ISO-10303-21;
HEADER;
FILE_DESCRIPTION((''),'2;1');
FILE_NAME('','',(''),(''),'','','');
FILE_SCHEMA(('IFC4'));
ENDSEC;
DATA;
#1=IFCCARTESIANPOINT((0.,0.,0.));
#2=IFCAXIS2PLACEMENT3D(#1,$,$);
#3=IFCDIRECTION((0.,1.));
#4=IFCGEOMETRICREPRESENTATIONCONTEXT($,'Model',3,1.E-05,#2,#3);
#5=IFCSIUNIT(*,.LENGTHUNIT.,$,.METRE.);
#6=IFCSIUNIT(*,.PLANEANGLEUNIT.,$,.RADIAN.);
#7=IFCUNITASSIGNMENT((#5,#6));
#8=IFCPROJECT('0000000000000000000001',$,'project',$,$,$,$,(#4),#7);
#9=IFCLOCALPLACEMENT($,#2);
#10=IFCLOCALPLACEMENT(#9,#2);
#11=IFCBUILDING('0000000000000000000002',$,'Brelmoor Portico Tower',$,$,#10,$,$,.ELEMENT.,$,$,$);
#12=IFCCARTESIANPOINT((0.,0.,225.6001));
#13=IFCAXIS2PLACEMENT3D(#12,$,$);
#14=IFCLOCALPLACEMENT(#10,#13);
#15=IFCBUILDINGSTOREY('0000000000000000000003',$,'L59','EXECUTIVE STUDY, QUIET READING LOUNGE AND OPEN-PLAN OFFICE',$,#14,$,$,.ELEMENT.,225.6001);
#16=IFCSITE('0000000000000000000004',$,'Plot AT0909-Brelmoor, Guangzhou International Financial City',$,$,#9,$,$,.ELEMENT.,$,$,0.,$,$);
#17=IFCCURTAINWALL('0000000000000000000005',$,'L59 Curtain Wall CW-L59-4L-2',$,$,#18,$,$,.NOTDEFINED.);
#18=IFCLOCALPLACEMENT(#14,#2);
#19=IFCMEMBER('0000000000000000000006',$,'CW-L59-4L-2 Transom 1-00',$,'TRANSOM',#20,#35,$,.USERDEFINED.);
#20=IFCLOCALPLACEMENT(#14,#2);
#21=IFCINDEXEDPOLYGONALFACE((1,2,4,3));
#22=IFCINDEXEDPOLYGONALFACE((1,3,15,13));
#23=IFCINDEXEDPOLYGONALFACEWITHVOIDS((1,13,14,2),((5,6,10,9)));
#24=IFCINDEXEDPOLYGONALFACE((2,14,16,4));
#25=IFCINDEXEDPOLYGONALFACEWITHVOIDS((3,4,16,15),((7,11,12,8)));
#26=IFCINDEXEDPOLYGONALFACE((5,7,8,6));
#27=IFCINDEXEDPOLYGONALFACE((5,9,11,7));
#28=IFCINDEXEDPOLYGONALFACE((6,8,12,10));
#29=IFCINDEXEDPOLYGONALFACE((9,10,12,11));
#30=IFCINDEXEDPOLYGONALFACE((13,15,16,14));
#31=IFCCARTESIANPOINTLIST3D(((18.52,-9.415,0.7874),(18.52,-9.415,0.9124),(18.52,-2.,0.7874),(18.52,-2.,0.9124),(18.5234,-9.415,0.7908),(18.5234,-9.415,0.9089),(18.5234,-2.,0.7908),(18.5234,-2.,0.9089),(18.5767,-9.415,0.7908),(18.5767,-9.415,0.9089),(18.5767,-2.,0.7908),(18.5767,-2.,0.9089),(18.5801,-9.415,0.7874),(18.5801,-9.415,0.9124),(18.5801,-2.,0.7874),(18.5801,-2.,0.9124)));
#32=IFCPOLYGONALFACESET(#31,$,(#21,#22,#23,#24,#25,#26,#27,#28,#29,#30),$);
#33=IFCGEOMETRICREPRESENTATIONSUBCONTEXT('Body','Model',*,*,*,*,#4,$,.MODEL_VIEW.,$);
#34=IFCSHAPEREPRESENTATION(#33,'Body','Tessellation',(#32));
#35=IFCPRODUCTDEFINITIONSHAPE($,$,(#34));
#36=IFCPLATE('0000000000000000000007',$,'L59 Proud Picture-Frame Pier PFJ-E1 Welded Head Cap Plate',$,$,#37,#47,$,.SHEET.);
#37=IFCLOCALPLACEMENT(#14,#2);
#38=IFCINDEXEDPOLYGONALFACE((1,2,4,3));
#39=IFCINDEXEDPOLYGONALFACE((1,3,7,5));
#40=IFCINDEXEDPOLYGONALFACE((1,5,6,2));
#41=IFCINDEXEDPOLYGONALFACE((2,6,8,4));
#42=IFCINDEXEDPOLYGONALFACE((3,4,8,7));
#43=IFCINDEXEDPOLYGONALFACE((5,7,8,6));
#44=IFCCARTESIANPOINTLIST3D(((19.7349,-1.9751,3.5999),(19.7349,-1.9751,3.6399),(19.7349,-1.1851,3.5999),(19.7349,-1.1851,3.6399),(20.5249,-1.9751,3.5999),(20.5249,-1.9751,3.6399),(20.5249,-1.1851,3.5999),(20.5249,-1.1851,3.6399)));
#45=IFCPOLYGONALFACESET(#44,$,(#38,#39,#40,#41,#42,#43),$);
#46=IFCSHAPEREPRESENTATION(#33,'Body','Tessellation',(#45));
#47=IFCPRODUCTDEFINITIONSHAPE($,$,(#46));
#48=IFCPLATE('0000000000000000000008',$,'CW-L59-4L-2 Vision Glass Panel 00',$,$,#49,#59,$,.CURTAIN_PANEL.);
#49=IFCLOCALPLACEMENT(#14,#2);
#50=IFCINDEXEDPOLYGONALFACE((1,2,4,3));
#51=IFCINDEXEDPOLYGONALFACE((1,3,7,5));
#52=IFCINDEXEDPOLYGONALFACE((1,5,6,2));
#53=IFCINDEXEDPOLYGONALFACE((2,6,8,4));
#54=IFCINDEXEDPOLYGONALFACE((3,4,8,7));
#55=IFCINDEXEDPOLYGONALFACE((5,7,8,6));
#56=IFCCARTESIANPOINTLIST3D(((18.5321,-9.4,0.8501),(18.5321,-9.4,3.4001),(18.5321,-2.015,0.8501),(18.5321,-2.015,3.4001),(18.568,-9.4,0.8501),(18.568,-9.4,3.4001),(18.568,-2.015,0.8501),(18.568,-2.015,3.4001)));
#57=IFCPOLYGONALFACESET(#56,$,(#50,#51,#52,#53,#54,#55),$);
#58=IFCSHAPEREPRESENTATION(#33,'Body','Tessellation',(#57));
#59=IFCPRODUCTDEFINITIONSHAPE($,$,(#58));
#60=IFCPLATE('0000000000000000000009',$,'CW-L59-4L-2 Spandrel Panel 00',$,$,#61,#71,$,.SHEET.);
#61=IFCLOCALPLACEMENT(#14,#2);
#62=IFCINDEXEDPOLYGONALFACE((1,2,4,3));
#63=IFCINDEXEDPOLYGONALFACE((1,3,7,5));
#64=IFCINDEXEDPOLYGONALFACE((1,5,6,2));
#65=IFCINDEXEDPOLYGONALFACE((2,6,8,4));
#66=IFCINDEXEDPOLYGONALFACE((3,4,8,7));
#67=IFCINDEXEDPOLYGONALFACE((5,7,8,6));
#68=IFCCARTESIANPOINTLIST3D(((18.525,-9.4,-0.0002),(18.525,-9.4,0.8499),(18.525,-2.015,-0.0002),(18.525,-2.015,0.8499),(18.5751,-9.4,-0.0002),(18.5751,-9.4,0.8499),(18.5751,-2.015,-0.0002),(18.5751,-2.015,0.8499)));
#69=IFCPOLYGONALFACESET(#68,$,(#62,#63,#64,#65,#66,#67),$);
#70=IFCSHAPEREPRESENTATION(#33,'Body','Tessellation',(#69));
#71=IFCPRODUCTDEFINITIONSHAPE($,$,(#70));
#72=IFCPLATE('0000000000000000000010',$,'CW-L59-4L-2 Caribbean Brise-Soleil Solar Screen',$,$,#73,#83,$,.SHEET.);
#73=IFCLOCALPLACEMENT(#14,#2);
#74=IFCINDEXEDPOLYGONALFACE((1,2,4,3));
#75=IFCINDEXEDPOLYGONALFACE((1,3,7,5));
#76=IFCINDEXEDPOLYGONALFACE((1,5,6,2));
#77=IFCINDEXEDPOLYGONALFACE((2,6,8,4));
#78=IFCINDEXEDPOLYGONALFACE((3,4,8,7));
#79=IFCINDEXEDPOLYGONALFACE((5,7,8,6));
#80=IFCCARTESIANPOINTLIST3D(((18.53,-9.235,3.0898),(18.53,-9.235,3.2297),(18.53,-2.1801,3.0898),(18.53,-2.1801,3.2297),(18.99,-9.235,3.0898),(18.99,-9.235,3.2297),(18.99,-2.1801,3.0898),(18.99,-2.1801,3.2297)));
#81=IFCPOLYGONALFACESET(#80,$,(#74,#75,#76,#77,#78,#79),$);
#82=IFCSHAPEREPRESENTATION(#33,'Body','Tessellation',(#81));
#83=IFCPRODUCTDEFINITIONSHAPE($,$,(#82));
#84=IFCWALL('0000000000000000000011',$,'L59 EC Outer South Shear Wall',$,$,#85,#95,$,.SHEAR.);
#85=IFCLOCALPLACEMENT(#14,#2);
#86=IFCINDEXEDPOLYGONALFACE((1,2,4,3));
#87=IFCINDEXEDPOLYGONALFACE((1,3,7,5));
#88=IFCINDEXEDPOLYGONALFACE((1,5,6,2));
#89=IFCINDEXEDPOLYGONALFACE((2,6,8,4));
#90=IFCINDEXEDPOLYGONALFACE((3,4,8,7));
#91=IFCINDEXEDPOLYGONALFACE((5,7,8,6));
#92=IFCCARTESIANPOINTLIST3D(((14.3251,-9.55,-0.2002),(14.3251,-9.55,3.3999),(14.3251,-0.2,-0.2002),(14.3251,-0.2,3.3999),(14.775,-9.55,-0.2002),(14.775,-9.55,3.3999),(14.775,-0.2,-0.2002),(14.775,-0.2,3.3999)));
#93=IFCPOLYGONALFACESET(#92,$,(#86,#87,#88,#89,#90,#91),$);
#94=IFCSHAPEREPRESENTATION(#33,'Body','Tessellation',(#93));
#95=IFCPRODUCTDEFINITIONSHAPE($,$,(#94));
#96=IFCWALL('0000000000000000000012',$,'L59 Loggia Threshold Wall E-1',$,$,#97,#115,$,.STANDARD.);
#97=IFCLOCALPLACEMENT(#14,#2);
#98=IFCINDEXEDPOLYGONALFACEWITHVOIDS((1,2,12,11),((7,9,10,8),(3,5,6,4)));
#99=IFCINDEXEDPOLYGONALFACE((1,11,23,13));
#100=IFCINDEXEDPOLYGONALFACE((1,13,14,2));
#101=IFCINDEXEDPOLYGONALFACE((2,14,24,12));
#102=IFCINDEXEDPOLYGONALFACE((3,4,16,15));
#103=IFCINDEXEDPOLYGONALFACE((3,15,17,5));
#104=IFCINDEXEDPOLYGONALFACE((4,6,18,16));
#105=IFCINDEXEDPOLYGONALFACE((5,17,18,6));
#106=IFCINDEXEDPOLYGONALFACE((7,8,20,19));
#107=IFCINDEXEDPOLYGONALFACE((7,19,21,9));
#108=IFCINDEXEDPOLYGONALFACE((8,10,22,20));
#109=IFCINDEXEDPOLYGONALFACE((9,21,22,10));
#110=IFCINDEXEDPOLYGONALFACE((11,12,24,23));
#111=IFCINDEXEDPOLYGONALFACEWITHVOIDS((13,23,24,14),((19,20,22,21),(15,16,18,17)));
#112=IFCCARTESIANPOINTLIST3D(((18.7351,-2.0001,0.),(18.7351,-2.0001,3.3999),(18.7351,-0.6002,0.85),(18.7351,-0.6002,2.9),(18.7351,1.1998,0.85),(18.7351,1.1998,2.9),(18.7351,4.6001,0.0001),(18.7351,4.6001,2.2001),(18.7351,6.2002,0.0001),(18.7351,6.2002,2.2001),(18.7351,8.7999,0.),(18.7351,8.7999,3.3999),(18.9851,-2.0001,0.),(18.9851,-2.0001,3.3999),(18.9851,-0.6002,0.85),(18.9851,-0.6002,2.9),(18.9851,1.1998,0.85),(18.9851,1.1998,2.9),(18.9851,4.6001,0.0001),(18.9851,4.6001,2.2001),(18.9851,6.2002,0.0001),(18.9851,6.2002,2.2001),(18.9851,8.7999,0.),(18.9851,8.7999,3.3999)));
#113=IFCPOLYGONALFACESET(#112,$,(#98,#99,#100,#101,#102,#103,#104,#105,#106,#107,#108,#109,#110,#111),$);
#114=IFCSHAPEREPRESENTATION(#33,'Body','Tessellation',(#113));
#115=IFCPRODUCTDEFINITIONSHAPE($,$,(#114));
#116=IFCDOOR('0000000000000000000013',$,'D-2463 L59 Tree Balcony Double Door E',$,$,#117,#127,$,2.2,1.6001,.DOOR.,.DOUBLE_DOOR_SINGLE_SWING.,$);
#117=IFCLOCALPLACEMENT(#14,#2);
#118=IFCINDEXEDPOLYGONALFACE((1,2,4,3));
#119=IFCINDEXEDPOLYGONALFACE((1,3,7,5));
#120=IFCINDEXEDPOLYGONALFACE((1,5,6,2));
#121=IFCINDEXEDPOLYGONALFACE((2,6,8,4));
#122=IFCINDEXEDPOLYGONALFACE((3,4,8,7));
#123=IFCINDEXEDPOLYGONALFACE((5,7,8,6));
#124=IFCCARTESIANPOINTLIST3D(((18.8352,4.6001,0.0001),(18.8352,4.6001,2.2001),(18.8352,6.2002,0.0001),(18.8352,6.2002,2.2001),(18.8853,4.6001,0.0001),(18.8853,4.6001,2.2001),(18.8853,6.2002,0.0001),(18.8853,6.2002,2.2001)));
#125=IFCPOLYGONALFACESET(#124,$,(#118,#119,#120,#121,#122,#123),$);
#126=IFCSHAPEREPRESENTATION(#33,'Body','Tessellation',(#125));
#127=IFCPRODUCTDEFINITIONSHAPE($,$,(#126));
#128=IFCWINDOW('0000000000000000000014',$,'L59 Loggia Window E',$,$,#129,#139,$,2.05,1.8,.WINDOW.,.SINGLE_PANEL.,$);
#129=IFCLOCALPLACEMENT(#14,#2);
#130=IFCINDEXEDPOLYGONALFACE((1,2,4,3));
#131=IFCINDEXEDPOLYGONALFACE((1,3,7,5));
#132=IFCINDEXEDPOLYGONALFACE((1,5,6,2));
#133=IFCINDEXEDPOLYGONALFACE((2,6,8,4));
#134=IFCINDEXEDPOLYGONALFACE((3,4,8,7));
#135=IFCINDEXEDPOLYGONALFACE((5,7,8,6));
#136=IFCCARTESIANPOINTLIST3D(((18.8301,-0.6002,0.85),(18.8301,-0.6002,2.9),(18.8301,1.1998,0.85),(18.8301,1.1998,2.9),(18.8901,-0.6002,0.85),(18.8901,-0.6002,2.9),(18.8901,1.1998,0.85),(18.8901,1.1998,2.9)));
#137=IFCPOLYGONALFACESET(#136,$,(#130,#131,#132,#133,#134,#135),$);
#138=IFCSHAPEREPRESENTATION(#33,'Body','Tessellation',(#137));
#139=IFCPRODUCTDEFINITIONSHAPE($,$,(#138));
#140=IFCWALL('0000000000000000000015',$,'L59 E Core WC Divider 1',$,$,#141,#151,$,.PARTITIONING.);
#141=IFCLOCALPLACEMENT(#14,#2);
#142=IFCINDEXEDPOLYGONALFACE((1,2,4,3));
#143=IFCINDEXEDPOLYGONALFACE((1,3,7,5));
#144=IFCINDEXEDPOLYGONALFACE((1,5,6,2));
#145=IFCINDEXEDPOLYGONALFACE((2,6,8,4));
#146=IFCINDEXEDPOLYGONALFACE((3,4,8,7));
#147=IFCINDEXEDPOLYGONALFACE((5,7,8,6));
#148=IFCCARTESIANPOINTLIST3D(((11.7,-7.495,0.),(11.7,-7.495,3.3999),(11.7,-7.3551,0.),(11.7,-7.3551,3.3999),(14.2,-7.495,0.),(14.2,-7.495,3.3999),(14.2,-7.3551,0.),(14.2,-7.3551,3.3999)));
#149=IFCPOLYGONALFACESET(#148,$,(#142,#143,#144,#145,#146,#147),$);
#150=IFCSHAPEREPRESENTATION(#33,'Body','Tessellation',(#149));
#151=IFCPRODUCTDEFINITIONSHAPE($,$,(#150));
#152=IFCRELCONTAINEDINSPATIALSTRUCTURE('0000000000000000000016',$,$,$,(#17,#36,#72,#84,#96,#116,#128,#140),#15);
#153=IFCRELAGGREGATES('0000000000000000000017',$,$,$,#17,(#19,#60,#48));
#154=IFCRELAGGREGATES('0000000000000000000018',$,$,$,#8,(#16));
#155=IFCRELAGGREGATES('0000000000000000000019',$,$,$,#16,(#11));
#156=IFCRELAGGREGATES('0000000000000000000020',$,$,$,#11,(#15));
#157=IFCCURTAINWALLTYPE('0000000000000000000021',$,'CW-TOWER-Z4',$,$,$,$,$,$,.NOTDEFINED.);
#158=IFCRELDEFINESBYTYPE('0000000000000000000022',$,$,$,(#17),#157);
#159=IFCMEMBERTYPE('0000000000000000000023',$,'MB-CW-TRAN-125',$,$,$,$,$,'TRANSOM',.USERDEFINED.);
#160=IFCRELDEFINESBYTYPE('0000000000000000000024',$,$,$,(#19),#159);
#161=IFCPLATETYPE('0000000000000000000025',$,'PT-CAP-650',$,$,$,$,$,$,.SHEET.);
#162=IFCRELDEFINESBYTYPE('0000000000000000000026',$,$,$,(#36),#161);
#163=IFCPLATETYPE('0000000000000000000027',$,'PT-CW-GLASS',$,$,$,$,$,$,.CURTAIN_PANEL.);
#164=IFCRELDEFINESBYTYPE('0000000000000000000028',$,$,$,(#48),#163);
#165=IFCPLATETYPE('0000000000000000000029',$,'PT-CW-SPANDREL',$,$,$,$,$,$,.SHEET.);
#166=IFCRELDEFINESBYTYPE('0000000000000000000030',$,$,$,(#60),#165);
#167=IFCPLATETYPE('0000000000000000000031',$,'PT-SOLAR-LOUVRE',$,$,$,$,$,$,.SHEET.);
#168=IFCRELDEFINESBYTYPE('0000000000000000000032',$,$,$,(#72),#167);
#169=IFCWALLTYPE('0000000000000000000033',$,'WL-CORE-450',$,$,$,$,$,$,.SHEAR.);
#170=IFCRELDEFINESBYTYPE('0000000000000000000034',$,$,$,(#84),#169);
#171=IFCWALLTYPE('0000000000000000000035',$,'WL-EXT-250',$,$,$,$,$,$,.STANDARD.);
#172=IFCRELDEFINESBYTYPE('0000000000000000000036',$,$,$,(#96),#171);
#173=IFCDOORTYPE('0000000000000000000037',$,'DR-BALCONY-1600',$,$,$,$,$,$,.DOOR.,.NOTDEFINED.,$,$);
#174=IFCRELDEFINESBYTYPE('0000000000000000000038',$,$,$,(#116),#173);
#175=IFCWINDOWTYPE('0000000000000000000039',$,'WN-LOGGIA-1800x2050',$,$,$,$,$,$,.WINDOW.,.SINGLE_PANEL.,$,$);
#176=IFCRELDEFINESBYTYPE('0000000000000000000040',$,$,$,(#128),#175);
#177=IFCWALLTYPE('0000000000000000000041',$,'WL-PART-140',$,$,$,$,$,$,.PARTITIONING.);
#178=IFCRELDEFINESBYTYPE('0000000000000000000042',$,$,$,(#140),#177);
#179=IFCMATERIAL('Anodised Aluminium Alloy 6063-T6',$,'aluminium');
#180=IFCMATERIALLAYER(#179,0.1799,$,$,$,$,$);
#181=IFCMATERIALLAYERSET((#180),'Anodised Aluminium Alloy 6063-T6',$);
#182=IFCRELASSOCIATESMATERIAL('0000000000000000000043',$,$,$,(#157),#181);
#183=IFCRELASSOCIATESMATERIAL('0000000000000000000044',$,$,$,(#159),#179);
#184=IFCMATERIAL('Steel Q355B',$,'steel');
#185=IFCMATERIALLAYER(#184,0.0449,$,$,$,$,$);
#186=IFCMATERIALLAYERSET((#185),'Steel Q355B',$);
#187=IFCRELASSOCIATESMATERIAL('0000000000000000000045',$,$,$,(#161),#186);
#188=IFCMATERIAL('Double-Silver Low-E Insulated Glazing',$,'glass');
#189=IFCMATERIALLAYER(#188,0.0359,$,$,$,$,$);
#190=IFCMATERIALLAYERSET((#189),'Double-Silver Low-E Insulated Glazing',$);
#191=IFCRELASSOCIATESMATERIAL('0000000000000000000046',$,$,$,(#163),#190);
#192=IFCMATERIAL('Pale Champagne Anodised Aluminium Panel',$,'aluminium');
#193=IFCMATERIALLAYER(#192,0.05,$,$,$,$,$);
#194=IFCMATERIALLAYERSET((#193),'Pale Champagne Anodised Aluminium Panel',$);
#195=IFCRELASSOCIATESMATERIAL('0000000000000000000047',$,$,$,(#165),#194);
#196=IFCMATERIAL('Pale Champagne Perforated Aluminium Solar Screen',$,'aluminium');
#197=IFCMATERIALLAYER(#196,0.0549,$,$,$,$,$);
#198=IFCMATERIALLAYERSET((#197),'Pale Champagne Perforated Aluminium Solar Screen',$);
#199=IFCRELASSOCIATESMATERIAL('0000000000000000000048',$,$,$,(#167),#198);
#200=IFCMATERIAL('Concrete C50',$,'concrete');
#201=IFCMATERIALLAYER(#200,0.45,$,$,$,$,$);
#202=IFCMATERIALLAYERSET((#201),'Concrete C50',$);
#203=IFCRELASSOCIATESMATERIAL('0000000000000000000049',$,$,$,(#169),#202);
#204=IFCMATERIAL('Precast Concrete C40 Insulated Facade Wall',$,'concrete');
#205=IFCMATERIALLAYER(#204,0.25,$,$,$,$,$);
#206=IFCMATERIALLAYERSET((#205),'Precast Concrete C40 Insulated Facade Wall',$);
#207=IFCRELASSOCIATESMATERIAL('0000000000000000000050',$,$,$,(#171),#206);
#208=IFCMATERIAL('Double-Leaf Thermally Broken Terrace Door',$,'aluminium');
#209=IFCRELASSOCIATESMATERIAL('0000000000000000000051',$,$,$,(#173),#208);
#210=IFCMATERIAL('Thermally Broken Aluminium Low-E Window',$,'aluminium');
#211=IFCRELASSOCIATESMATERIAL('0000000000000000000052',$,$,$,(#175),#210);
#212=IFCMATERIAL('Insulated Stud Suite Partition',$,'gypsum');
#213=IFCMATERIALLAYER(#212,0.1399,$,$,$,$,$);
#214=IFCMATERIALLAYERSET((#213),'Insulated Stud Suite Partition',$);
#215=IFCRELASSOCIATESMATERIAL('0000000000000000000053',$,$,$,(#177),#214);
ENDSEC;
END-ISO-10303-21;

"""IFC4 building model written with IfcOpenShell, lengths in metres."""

from ifc_helpers import new_model, si_unit, direction, frame, frame_2d, origin, origin_2d, place, context, subcontext, project, spatial, rectangle, hollow_rectangle, extrude, material, layer, layer_set, material_profile, profile_set, type_object, element, fill, aggregate, save


model = new_model("IFC4")

# Units and contexts
model_context = context("Model", 3, precision=1e-05, world=origin(), true_north=direction((0.0, 1.0)))
body_context = subcontext(model_context, "Body", "Model", "MODEL_VIEW")
ifc_project = project(units=[si_unit("LENGTHUNIT", "METRE"), si_unit("PLANEANGLEUNIT", "RADIAN")], contexts=[model_context])

# Site, building, storey
site_placement = place(None, origin())
site = spatial("IfcSite", under=ifc_project, at=site_placement, Name="Plot AT0909-Brelmoor, Guangzhou International Financial City", CompositionType="ELEMENT", RefElevation=0.0)
building_placement = place(site_placement, origin())
building = spatial("IfcBuilding", under=site, at=building_placement, Name="Brelmoor Portico Tower", CompositionType="ELEMENT")
storey_placement = place(building_placement, frame((0.0, 0.0, 225.6001)))
storey = spatial("IfcBuildingStorey", under=building, at=storey_placement, Name="L59", Description="EXECUTIVE STUDY, QUIET READING LOUNGE AND OPEN-PLAN OFFICE", CompositionType="ELEMENT", Elevation=225.6001)

# Shared definitions
ifc_material_1 = material(Name="Steel Q355B", Category="steel")

# Curtain wall, member
ifc_material_2 = material(Name="Anodised Aluminium Alloy 6063-T6", Category="aluminium")
ifc_layer_1 = layer(ifc_material_2, 0.1799)
ifc_layer_set_1 = layer_set([ifc_layer_1], Name="Anodised Aluminium Alloy 6063-T6")
curtain_wall_type = type_object("IfcCurtainWallType", Name="CW-TOWER-Z4", PredefinedType="NOTDEFINED", material=ifc_layer_set_1)
curtain_wall_placement = place(storey_placement, origin())
curtain_wall = element("IfcCurtainWall", 1, at=curtain_wall_placement, inside=storey, type_object=curtain_wall_type, Name="L59 Curtain Wall CW-L59-4L-2", PredefinedType="NOTDEFINED")
ifc_material_profile_1 = material_profile(ifc_material_2, hollow_rectangle(XDim=0.0601, YDim=0.125, WallThickness=0.0034, at=origin_2d()), Name="ALU TRANSOM 60x125")
ifc_profile_set_1 = profile_set([ifc_material_profile_1], Name="Anodised Aluminium Alloy 6063-T6")
member_type_1 = type_object("IfcMemberType", Name="MB-CW-TRAN-125", ElementType="TRANSOM", PredefinedType="USERDEFINED", material=ifc_profile_set_1)
member_1_placement = place(storey_placement, frame((18.55, -9.415, 0.8499), z_axis=(0.0, 1.0, 0.0), x_axis=(-1.0, 0.0, 0.0)))
member_1 = element("IfcMember", 2, at=member_1_placement, type_object=member_type_1, Name="CW-L59-4L-2 Transom 1-00", ObjectType="TRANSOM", PredefinedType="USERDEFINED", context=body_context, shape_type="SweptSolid", body=[
    extrude(hollow_rectangle(XDim=0.0601, YDim=0.125, WallThickness=0.0034, at=origin_2d()), origin(), (0.0, 0.0, 1.0), 7.415),
])

# Plates
ifc_layer_2 = layer(ifc_material_1, 0.0449)
ifc_layer_set_2 = layer_set([ifc_layer_2], Name="Steel Q355B")
plate_type_1 = type_object("IfcPlateType", Name="PT-CAP-650", PredefinedType="SHEET", material=ifc_layer_set_2)
plate_1_placement = place(storey_placement, frame((20.1299, -1.5801, 3.5999), z_axis=(0.0, 0.0, 1.0), x_axis=(0.0, 1.0, 0.0)))
element("IfcPlate", 3, at=plate_1_placement, inside=storey, type_object=plate_type_1, Name="L59 Proud Picture-Frame Pier PFJ-E1 Welded Head Cap Plate", PredefinedType="SHEET", context=body_context, shape_type="SweptSolid", body=[
    extrude(rectangle(XDim=0.79, YDim=0.79, at=origin_2d()), origin(), (0.0, 0.0, 1.0), 0.04),
])
ifc_material_3 = material(Name="Double-Silver Low-E Insulated Glazing", Category="glass")
ifc_layer_3 = layer(ifc_material_3, 0.0359)
ifc_layer_set_3 = layer_set([ifc_layer_3], Name="Double-Silver Low-E Insulated Glazing")
plate_type_2 = type_object("IfcPlateType", Name="PT-CW-GLASS", PredefinedType="CURTAIN_PANEL", material=ifc_layer_set_3)
plate_2_placement = place(storey_placement, frame((18.55, -5.7075, 0.8501), z_axis=(0.0, 0.0, 1.0), x_axis=(0.0, 1.0, 0.0)))
plate_2 = element("IfcPlate", 4, at=plate_2_placement, type_object=plate_type_2, Name="CW-L59-4L-2 Vision Glass Panel 00", PredefinedType="CURTAIN_PANEL", context=body_context, shape_type="SweptSolid", body=[
    extrude(rectangle(XDim=7.385, YDim=0.0359, at=origin_2d()), origin(), (0.0, 0.0, 1.0), 2.55),
])
ifc_material_4 = material(Name="Pale Champagne Anodised Aluminium Panel", Category="aluminium")
ifc_layer_4 = layer(ifc_material_4, 0.05)
ifc_layer_set_4 = layer_set([ifc_layer_4], Name="Pale Champagne Anodised Aluminium Panel")
plate_type_3 = type_object("IfcPlateType", Name="PT-CW-SPANDREL", PredefinedType="SHEET", material=ifc_layer_set_4)
plate_3_placement = place(storey_placement, frame((18.55, -5.7075, -0.0002), z_axis=(0.0, 0.0, 1.0), x_axis=(0.0, 1.0, 0.0)))
plate_3 = element("IfcPlate", 5, at=plate_3_placement, type_object=plate_type_3, Name="CW-L59-4L-2 Spandrel Panel 00", PredefinedType="SHEET", context=body_context, shape_type="SweptSolid", body=[
    extrude(rectangle(XDim=7.385, YDim=0.05, at=origin_2d()), origin(), (0.0, 0.0, 1.0), 0.8501),
])
aggregate(curtain_wall, [member_1, plate_3, plate_2])
ifc_material_5 = material(Name="Pale Champagne Perforated Aluminium Solar Screen", Category="aluminium")
ifc_layer_5 = layer(ifc_material_5, 0.0549)
ifc_layer_set_5 = layer_set([ifc_layer_5], Name="Pale Champagne Perforated Aluminium Solar Screen")
plate_type_4 = type_object("IfcPlateType", Name="PT-SOLAR-LOUVRE", PredefinedType="SHEET", material=ifc_layer_set_5)
plate_4_placement = place(storey_placement, frame((18.76, -5.7075, 3.0898), z_axis=(0.0, 0.0, 1.0), x_axis=(0.0, 1.0, 0.0)))
element("IfcPlate", 6, at=plate_4_placement, inside=storey, type_object=plate_type_4, Name="CW-L59-4L-2 Caribbean Brise-Soleil Solar Screen", PredefinedType="SHEET", context=body_context, shape_type="SweptSolid", body=[
    extrude(rectangle(XDim=7.0549, YDim=0.46, at=origin_2d()), origin(), (0.0, 0.0, 1.0), 0.1399),
])

# Wall
ifc_material_6 = material(Name="Concrete C50", Category="concrete")
ifc_layer_6 = layer(ifc_material_6, 0.45)
ifc_layer_set_6 = layer_set([ifc_layer_6], Name="Concrete C50")
wall_type_1 = type_object("IfcWallType", Name="WL-CORE-450", PredefinedType="SHEAR", material=ifc_layer_set_6)
wall_1_placement = place(storey_placement, frame((14.55, -9.55, -0.2002), z_axis=(0.0, 0.0, 1.0), x_axis=(0.0, 1.0, 0.0)))
element("IfcWall", 7, at=wall_1_placement, inside=storey, type_object=wall_type_1, Name="L59 EC Outer South Shear Wall", PredefinedType="SHEAR", context=body_context, shape_type="SweptSolid", body=[
    extrude(rectangle(XDim=9.3501, YDim=0.45, at=frame_2d((4.675, 0.0))), origin(), (0.0, 0.0, 1.0), 3.6001),
])

# Wall, openings, door, window
ifc_material_7 = material(Name="Precast Concrete C40 Insulated Facade Wall", Category="concrete")
ifc_layer_7 = layer(ifc_material_7, 0.25)
ifc_layer_set_7 = layer_set([ifc_layer_7], Name="Precast Concrete C40 Insulated Facade Wall")
wall_type_2 = type_object("IfcWallType", Name="WL-EXT-250", PredefinedType="STANDARD", material=ifc_layer_set_7)
wall_2_placement = place(storey_placement, frame((18.8601, -2.0, 0.0), z_axis=(0.0, 0.0, 1.0), x_axis=(0.0, 1.0, 0.0)))
wall_2 = element("IfcWall", 8, at=wall_2_placement, inside=storey, type_object=wall_type_2, Name="L59 Loggia Threshold Wall E-1", PredefinedType="STANDARD", context=body_context, shape_type="SweptSolid", body=[
    extrude(rectangle(XDim=10.8, YDim=0.25, at=frame_2d((5.3999, 0.0))), origin(), (0.0, 0.0, 1.0), 3.3999),
])
opening_1_placement = place(wall_2_placement, frame((6.6001, 0.0, 0.0)))
opening_1 = element("IfcOpeningElement", 9, at=opening_1_placement, cuts=wall_2, PredefinedType="OPENING", context=body_context, shape_type="SweptSolid", body=[
    extrude(rectangle(XDim=1.6001, YDim=2.2, at=frame_2d((0.8, 1.1001))), frame((0.0, 0.135, 0.0), z_axis=(0.0, -1.0, 0.0), x_axis=(1.0, 0.0, 0.0)), (0.0, 0.0, 1.0), 0.27),
])
opening_2_placement = place(wall_2_placement, frame((1.3999, 0.0, 0.8501)))
opening_2 = element("IfcOpeningElement", 10, at=opening_2_placement, cuts=wall_2, PredefinedType="OPENING", context=body_context, shape_type="SweptSolid", body=[
    extrude(rectangle(XDim=1.8, YDim=2.05, at=frame_2d((0.8999, 1.0249))), frame((0.0, 0.135, 0.0), z_axis=(0.0, -1.0, 0.0), x_axis=(1.0, 0.0, 0.0)), (0.0, 0.0, 1.0), 0.27),
])
ifc_material_8 = material(Name="Double-Leaf Thermally Broken Terrace Door", Category="aluminium")
door_type_1 = type_object("IfcDoorType", Name="DR-BALCONY-1600", OperationType="NOTDEFINED", PredefinedType="DOOR", material=ifc_material_8)
door_1_placement = place(opening_1_placement, origin())
door_1 = element("IfcDoor", 11, at=door_1_placement, inside=storey, type_object=door_type_1, Name="D-2463 L59 Tree Balcony Double Door E", OperationType="DOUBLE_DOOR_SINGLE_SWING", OverallHeight=2.2, OverallWidth=1.6001, PredefinedType="DOOR", context=body_context, shape_type="SweptSolid", body=[
    extrude(rectangle(XDim=1.6001, YDim=2.2, at=frame_2d((0.8, 1.1001))), frame((0.0, 0.0249, 0.0), z_axis=(0.0, -1.0, 0.0), x_axis=(1.0, 0.0, 0.0)), (0.0, 0.0, 1.0), 0.05),
])
fill(opening_1, door_1)
ifc_material_9 = material(Name="Thermally Broken Aluminium Low-E Window", Category="aluminium")
window_type = type_object("IfcWindowType", Name="WN-LOGGIA-1800x2050", PartitioningType="SINGLE_PANEL", PredefinedType="WINDOW", material=ifc_material_9)
window_placement = place(opening_2_placement, origin())
window = element("IfcWindow", 12, at=window_placement, inside=storey, type_object=window_type, Name="L59 Loggia Window E", OverallHeight=2.05, OverallWidth=1.8, PartitioningType="SINGLE_PANEL", PredefinedType="WINDOW", context=body_context, shape_type="SweptSolid", body=[
    extrude(rectangle(XDim=1.8, YDim=2.05, at=frame_2d((0.8999, 1.0249))), frame((0.0, 0.03, 0.0), z_axis=(0.0, -1.0, 0.0), x_axis=(1.0, 0.0, 0.0)), (0.0, 0.0, 1.0), 0.0601),
])
fill(opening_2, window)

# Wall
ifc_material_10 = material(Name="Insulated Stud Suite Partition", Category="gypsum")
ifc_layer_8 = layer(ifc_material_10, 0.1399)
ifc_layer_set_8 = layer_set([ifc_layer_8], Name="Insulated Stud Suite Partition")
wall_type_3 = type_object("IfcWallType", Name="WL-PART-140", PredefinedType="PARTITIONING", material=ifc_layer_set_8)
wall_3_placement = place(storey_placement, frame((11.7, -7.425, 0.0), z_axis=(0.0, 0.0, 1.0), x_axis=(1.0, 0.0, 0.0)))
element("IfcWall", 13, at=wall_3_placement, inside=storey, type_object=wall_type_3, Name="L59 E Core WC Divider 1", PredefinedType="PARTITIONING", context=body_context, shape_type="SweptSolid", body=[
    extrude(rectangle(XDim=2.5, YDim=0.1399, at=frame_2d((1.25, 0.0))), origin(), (0.0, 0.0, 1.0), 3.3999),
])

save(model, "model.ifc")
